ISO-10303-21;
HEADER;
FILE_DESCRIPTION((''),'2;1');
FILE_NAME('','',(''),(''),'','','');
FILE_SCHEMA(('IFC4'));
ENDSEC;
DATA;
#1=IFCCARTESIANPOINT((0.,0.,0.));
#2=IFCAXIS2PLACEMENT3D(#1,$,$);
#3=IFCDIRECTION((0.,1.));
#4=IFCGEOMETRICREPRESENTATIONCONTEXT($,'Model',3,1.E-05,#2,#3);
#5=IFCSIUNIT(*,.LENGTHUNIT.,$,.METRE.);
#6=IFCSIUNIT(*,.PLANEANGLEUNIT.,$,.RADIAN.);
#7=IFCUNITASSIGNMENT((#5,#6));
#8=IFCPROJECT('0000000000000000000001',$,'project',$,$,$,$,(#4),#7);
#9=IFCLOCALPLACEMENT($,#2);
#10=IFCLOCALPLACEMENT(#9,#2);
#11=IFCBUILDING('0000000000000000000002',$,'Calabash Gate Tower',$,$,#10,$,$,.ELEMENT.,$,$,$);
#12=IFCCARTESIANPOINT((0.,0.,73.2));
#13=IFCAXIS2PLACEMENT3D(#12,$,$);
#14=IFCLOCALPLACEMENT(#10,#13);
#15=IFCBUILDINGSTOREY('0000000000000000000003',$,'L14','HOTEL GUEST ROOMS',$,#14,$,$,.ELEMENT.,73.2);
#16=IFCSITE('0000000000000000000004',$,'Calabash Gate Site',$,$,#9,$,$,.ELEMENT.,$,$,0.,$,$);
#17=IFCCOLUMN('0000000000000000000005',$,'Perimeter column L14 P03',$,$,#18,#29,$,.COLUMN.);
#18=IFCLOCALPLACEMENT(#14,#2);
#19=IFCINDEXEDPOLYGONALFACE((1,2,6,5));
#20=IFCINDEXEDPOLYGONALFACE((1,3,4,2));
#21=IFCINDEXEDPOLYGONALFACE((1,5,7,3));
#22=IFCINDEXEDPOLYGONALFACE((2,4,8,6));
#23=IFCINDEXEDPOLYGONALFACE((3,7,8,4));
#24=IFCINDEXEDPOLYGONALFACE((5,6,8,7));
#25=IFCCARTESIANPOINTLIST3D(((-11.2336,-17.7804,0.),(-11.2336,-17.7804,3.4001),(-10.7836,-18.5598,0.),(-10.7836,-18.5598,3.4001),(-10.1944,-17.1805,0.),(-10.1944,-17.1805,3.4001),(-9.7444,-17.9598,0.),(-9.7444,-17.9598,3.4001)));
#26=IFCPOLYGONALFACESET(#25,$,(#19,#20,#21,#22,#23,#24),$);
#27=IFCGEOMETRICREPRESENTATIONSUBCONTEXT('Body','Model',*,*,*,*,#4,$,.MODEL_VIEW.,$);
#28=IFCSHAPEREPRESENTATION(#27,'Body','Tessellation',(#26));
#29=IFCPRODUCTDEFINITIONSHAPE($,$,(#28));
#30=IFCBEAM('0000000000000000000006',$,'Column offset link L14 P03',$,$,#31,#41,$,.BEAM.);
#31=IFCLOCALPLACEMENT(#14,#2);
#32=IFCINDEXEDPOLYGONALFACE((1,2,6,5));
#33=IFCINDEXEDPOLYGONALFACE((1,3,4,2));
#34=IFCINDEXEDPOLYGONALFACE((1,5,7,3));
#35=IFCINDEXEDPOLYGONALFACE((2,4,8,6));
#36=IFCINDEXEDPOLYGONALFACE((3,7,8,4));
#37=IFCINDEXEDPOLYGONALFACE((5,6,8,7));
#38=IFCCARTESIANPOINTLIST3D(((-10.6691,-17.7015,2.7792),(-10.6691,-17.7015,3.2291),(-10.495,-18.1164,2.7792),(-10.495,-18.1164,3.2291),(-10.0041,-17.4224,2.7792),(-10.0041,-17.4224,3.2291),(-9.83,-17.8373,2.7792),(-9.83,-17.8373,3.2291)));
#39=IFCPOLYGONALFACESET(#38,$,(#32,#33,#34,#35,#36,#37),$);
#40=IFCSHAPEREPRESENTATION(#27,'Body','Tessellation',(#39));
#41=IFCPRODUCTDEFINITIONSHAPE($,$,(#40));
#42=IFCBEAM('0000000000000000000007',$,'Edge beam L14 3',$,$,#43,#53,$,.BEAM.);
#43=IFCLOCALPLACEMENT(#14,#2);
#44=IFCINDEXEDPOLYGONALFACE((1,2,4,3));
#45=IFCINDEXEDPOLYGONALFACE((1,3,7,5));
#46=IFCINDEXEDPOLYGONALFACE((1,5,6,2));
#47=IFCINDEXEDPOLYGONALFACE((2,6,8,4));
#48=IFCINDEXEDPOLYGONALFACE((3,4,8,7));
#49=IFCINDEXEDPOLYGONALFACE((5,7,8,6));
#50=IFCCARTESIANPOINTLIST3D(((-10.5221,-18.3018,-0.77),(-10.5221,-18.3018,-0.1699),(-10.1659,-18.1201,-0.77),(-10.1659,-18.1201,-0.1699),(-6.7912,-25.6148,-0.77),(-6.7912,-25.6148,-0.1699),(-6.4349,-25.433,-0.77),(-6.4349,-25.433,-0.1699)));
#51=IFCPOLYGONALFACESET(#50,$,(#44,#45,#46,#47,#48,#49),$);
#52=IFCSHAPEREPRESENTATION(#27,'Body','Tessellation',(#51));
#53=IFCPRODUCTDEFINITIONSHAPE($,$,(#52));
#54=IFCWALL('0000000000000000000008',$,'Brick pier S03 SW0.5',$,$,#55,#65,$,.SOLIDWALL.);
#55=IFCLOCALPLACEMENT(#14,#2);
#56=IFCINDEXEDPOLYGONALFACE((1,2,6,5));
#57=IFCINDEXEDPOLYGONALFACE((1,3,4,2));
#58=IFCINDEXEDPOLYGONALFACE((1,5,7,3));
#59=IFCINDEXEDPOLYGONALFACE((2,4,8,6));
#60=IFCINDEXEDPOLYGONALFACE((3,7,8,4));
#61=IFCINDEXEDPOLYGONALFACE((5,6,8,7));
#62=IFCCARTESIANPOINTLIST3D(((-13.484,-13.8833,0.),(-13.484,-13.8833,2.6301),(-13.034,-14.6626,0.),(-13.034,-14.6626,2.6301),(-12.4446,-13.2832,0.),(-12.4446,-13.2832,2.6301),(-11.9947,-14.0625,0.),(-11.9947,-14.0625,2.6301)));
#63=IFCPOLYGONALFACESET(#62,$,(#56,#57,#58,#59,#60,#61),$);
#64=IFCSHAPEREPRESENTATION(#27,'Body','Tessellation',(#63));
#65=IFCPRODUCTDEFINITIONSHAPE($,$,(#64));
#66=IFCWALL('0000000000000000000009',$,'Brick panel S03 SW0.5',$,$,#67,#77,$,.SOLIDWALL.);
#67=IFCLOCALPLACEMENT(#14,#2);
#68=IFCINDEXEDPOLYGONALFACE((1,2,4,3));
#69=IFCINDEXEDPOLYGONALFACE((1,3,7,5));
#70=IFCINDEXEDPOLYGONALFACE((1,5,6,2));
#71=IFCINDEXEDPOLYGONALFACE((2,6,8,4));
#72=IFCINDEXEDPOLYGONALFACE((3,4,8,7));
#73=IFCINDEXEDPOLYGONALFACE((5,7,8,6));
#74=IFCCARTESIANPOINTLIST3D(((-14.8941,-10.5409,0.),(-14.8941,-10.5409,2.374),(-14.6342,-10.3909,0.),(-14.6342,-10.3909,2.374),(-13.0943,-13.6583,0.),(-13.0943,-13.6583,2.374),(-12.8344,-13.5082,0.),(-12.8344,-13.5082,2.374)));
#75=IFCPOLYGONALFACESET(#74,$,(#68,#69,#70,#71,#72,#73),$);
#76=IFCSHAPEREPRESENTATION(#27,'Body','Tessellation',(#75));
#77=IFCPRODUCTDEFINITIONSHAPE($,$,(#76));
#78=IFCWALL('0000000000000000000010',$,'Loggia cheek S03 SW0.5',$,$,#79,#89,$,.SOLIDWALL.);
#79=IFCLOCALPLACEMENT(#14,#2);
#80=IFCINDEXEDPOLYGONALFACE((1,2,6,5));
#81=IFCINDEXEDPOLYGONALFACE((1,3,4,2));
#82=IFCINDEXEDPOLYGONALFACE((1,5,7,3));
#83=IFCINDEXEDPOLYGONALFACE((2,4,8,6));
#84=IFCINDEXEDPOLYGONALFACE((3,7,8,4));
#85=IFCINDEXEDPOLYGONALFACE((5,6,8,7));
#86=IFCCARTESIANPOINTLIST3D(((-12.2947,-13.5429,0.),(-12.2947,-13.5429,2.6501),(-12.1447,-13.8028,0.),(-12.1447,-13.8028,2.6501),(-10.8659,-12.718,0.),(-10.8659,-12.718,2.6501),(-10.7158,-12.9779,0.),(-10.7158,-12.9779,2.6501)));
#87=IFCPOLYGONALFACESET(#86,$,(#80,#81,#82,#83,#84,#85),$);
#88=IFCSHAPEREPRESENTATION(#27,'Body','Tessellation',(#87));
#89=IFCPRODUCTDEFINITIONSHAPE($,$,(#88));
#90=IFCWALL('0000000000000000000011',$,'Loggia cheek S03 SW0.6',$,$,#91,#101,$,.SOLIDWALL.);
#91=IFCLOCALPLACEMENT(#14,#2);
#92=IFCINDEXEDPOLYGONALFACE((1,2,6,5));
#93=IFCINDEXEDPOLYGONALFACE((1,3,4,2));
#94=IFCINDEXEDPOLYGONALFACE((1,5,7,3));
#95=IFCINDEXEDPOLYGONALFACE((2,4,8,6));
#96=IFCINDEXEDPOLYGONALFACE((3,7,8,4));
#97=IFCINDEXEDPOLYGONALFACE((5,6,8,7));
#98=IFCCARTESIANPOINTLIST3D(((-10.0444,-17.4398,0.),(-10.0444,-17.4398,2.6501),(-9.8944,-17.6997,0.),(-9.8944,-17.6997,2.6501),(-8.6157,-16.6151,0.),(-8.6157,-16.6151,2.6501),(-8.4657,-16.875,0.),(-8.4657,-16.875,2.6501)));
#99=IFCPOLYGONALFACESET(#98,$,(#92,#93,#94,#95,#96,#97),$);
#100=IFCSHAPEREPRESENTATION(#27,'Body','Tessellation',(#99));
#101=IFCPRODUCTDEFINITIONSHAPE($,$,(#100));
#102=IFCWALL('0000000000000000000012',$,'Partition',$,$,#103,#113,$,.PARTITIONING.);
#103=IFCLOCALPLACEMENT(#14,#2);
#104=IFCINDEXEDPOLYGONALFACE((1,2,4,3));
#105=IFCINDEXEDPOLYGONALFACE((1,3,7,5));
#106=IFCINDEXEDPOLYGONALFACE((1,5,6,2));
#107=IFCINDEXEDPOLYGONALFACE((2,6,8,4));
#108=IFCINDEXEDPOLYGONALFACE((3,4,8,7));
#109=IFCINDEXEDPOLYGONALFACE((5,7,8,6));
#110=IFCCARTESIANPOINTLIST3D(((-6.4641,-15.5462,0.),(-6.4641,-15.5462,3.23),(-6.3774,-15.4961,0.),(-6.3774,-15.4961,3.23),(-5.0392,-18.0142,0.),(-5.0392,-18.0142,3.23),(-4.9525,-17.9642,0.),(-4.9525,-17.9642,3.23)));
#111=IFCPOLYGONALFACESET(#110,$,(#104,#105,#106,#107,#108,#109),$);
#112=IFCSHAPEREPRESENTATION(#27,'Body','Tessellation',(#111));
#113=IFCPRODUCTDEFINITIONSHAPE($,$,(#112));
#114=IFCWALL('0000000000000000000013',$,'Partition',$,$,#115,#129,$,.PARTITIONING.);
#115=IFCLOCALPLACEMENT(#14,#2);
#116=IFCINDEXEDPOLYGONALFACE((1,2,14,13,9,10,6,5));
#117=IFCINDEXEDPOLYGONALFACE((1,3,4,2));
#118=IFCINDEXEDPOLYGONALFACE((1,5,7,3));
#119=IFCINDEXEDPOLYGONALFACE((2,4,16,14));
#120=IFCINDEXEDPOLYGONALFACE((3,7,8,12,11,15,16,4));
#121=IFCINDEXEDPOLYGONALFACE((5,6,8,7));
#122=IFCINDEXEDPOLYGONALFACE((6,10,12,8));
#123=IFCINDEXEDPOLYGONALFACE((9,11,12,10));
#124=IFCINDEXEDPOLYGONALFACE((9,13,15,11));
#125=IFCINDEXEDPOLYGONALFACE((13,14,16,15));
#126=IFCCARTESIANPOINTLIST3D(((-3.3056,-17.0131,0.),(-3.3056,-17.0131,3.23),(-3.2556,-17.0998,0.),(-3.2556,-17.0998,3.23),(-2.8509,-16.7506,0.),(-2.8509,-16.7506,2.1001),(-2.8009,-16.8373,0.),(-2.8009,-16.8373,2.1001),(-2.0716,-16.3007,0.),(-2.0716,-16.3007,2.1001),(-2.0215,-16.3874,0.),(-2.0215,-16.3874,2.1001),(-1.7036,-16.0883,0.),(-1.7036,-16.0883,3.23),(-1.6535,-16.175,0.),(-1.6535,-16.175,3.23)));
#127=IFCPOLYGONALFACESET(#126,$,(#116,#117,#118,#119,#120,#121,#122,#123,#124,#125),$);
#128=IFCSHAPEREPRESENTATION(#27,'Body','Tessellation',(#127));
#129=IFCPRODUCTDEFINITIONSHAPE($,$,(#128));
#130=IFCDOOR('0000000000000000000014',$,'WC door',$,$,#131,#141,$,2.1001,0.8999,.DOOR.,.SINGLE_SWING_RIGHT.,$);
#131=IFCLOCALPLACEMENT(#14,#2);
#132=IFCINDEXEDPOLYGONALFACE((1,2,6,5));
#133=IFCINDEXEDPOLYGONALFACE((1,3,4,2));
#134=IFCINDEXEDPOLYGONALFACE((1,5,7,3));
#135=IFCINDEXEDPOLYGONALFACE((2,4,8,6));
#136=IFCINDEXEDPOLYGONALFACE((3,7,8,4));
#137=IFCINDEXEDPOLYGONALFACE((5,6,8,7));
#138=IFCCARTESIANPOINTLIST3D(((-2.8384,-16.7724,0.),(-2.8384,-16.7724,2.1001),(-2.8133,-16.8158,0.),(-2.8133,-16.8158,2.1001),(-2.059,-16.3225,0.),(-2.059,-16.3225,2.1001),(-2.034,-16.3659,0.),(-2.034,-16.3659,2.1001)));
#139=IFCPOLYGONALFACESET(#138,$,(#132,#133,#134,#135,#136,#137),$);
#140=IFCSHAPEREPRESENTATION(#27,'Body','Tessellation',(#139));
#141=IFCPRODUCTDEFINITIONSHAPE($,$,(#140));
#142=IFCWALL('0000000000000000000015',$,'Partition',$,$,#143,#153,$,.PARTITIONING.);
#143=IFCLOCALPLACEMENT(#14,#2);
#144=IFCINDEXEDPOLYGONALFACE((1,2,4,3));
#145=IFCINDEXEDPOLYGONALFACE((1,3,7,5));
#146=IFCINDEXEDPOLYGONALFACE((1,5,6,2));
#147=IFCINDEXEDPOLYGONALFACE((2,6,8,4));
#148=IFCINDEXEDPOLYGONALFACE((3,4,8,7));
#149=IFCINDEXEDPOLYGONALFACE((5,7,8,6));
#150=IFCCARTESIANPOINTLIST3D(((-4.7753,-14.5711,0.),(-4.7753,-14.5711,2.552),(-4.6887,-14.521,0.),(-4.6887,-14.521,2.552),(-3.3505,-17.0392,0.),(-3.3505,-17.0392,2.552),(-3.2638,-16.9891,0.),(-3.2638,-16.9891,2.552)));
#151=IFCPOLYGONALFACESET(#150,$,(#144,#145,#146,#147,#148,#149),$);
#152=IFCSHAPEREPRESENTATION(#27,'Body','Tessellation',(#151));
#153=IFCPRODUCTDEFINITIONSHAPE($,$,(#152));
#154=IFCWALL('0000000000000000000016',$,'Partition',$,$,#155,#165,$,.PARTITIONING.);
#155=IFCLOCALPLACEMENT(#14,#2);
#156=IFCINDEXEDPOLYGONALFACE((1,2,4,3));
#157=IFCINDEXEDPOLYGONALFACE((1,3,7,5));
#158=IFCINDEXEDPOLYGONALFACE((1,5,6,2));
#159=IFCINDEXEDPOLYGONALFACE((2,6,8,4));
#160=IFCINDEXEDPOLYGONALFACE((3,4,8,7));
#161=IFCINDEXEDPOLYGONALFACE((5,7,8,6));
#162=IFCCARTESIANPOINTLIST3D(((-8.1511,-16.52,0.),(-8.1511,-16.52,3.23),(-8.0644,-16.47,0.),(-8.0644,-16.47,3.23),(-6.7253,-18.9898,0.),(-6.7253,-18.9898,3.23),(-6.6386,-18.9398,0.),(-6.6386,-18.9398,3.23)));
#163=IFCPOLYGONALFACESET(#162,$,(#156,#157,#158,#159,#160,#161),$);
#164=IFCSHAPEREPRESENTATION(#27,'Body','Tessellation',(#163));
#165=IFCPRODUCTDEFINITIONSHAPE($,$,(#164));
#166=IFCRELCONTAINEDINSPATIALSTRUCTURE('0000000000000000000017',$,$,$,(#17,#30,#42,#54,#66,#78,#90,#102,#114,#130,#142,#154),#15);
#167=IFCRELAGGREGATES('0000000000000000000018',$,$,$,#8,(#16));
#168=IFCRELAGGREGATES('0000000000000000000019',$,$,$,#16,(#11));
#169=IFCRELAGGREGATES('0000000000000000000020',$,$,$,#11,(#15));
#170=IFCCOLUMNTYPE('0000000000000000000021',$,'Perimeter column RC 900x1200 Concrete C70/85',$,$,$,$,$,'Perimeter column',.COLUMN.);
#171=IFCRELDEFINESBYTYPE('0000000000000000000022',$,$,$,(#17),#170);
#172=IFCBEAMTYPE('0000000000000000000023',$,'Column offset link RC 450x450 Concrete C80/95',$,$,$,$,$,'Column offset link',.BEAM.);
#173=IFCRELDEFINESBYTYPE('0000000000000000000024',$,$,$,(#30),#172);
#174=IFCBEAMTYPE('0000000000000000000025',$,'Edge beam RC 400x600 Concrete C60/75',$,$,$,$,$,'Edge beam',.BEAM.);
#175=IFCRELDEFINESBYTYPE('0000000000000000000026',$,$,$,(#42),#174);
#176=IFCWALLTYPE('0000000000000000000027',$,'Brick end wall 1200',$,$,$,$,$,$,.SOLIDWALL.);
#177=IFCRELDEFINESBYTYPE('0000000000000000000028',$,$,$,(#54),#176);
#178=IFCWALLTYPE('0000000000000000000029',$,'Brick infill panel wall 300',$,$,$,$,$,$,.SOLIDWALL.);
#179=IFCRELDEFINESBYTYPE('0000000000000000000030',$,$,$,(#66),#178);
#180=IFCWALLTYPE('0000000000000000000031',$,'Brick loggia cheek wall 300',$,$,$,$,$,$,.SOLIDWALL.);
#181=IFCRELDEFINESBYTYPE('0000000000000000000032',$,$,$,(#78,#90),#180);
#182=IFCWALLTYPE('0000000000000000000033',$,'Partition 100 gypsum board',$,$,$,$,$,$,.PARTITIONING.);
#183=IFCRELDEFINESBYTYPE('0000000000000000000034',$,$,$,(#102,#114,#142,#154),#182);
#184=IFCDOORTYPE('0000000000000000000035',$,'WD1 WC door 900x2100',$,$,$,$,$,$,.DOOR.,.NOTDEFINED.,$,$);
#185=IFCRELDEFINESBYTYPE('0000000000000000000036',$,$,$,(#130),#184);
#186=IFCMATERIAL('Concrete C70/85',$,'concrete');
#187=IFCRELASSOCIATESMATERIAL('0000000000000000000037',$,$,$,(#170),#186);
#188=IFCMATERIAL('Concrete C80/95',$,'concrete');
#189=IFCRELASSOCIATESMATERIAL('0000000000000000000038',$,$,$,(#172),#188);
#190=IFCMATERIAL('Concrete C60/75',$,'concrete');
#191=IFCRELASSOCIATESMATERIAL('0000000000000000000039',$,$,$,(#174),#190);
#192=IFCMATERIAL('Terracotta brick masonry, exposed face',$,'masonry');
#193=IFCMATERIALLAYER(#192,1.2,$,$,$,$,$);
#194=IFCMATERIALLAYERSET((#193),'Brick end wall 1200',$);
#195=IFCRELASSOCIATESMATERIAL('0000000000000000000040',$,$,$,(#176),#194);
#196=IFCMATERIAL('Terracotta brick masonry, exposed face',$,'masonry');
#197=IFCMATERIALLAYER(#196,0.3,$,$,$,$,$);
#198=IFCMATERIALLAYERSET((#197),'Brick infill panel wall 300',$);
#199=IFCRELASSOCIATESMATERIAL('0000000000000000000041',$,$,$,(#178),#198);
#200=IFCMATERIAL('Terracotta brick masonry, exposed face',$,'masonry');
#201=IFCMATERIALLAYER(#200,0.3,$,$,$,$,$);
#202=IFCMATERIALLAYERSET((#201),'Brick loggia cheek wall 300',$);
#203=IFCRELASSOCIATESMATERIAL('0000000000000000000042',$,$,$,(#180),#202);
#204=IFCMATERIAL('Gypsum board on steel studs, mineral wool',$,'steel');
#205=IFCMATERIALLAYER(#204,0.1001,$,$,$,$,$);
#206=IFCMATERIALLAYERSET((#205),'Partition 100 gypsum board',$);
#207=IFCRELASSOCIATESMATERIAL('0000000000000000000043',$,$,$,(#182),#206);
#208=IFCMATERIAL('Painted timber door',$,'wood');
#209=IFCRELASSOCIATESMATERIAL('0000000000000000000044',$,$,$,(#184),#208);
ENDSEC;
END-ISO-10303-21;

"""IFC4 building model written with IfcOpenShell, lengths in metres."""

from ifc_helpers import new_model, si_unit, direction, frame, frame_2d, origin, origin_2d, place, context, subcontext, project, spatial, rectangle, extrude, material, layer, layer_set, material_profile, profile_set, type_object, element, fill, save


model = new_model("IFC4")

# Units and contexts
model_context = context("Model", 3, precision=1e-05, world=origin(), true_north=direction((0.0, 1.0)))
body_context = subcontext(model_context, "Body", "Model", "MODEL_VIEW")
ifc_project = project(units=[si_unit("LENGTHUNIT", "METRE"), si_unit("PLANEANGLEUNIT", "RADIAN")], contexts=[model_context])

# Site, building, storey
site_placement = place(None, origin())
site = spatial("IfcSite", under=ifc_project, at=site_placement, Name="Calabash Gate Site", CompositionType="ELEMENT", RefElevation=0.0)
building_placement = place(site_placement, origin())
building = spatial("IfcBuilding", under=site, at=building_placement, Name="Calabash Gate Tower", CompositionType="ELEMENT")
storey_placement = place(building_placement, frame((0.0, 0.0, 73.2)))
storey = spatial("IfcBuildingStorey", under=building, at=storey_placement, Name="L14", Description="HOTEL GUEST ROOMS", CompositionType="ELEMENT", Elevation=73.2)

# Column
ifc_material_1 = material(Name="Concrete C70/85", Category="concrete")
ifc_material_profile_1 = material_profile(ifc_material_1, rectangle(XDim=0.8999, YDim=1.2, at=origin_2d()))
ifc_profile_set_1 = profile_set([ifc_material_profile_1], Name="Concrete C70/85")
column_type = type_object("IfcColumnType", Name="Perimeter column RC 900x1200 Concrete C70/85", ElementType="Perimeter column", PredefinedType="COLUMN", material=ifc_profile_set_1)
column_placement = place(storey_placement, frame((-10.489, -17.8701, 0.0), z_axis=(0.0, 0.0, 1.0), x_axis=(0.5, -0.866025, 0.0)))
element("IfcColumn", 1, at=column_placement, inside=storey, type_object=column_type, Name="Perimeter column L14 P03", PredefinedType="COLUMN", context=body_context, shape_type="SweptSolid", body=[
    extrude(rectangle(XDim=0.8999, YDim=1.2, at=origin_2d()), origin(), (0.0, 0.0, 1.0), 3.4001),
])

# Beams
ifc_material_2 = material(Name="Concrete C80/95", Category="concrete")
ifc_material_profile_2 = material_profile(ifc_material_2, rectangle(XDim=0.45, YDim=0.45, at=origin_2d()))
ifc_profile_set_2 = profile_set([ifc_material_profile_2], Name="Concrete C80/95")
beam_type_1 = type_object("IfcBeamType", Name="Column offset link RC 450x450 Concrete C80/95", ElementType="Column offset link", PredefinedType="BEAM", material=ifc_profile_set_2)
beam_1_placement = place(storey_placement, frame((-10.582, -17.9089, 3.0042), z_axis=(0.922113, 0.386922, 0.0), x_axis=(-0.386922, 0.922113, 0.0)))
element("IfcBeam", 2, at=beam_1_placement, inside=storey, type_object=beam_type_1, Name="Column offset link L14 P03", PredefinedType="BEAM", context=body_context, shape_type="SweptSolid", body=[
    extrude(rectangle(XDim=0.45, YDim=0.45, at=origin_2d()), origin(), (0.0, 0.0, 1.0), 0.7212),
])
ifc_material_3 = material(Name="Concrete C60/75", Category="concrete")
ifc_material_profile_3 = material_profile(ifc_material_3, rectangle(XDim=0.3999, YDim=0.6001, at=origin_2d()))
ifc_profile_set_3 = profile_set([ifc_material_profile_3], Name="Concrete C60/75")
beam_type_2 = type_object("IfcBeamType", Name="Edge beam RC 400x600 Concrete C60/75", ElementType="Edge beam", PredefinedType="BEAM", material=ifc_profile_set_3)
beam_2_placement = place(storey_placement, frame((-10.344, -18.2109, -0.47), z_axis=(0.454455, -0.89077, 0.0), x_axis=(0.89077, 0.454455, 0.0)))
element("IfcBeam", 3, at=beam_2_placement, inside=storey, type_object=beam_type_2, Name="Edge beam L14 3", PredefinedType="BEAM", context=body_context, shape_type="SweptSolid", body=[
    extrude(rectangle(XDim=0.3999, YDim=0.6001, at=origin_2d()), origin(), (0.0, 0.0, 1.0), 8.2097),
])

# Walls
ifc_material_4 = material(Name="Terracotta brick masonry, exposed face", Category="masonry")
ifc_layer_1 = layer(ifc_material_4, 1.2)
ifc_layer_set_1 = layer_set([ifc_layer_1], Name="Brick end wall 1200")
wall_type_1 = type_object("IfcWallType", Name="Brick end wall 1200", PredefinedType="SOLIDWALL", material=ifc_layer_set_1)
wall_1_placement = place(storey_placement, frame((-13.259, -14.2729, 0.0), z_axis=(0.0, 0.0, 1.0), x_axis=(0.866006, 0.500034, 0.0)))
element("IfcWall", 4, at=wall_1_placement, inside=storey, type_object=wall_type_1, Name="Brick pier S03 SW0.5", PredefinedType="SOLIDWALL", context=body_context, shape_type="SweptSolid", body=[
    extrude(rectangle(XDim=1.2002, YDim=0.8999, at=frame_2d((0.6001, 0.0))), origin(), (0.0, 0.0, 1.0), 2.6301),
])
ifc_material_5 = material(Name="Terracotta brick masonry, exposed face", Category="masonry")
ifc_layer_2 = layer(ifc_material_5, 0.3)
ifc_layer_set_2 = layer_set([ifc_layer_2], Name="Brick infill panel wall 300")
wall_type_2 = type_object("IfcWallType", Name="Brick infill panel wall 300", PredefinedType="SOLIDWALL", material=ifc_layer_set_2)
wall_2_placement = place(storey_placement, frame((-12.9644, -13.5833, 0.0), z_axis=(0.0, 0.0, 1.0), x_axis=(-0.499991, 0.866031, 0.0)))
element("IfcWall", 5, at=wall_2_placement, inside=storey, type_object=wall_type_2, Name="Brick panel S03 SW0.5", PredefinedType="SOLIDWALL", context=body_context, shape_type="SweptSolid", body=[
    extrude(rectangle(XDim=3.5996, YDim=0.3, at=frame_2d((1.7998, 0.0))), origin(), (0.0, 0.0, 1.0), 2.374),
])
ifc_material_6 = material(Name="Terracotta brick masonry, exposed face", Category="masonry")
ifc_layer_3 = layer(ifc_material_6, 0.3)
ifc_layer_set_3 = layer_set([ifc_layer_3], Name="Brick loggia cheek wall 300")
wall_type_3 = type_object("IfcWallType", Name="Brick loggia cheek wall 300", PredefinedType="SOLIDWALL", material=ifc_layer_set_3)
wall_3_placement = place(storey_placement, frame((-12.2197, -13.6729, 0.0), z_axis=(0.0, 0.0, 1.0), x_axis=(0.86604, 0.499974, 0.0)))
element("IfcWall", 6, at=wall_3_placement, inside=storey, type_object=wall_type_3, Name="Loggia cheek S03 SW0.5", PredefinedType="SOLIDWALL", context=body_context, shape_type="SweptSolid", body=[
    extrude(rectangle(XDim=1.6499, YDim=0.3, at=frame_2d((0.825, 0.0))), origin(), (0.0, 0.0, 1.0), 2.6501),
])
wall_4_placement = place(storey_placement, frame((-8.5408, -16.7451, 0.0), z_axis=(0.0, 0.0, 1.0), x_axis=(-0.866067, -0.499927, 0.0)))
element("IfcWall", 7, at=wall_4_placement, inside=storey, type_object=wall_type_3, Name="Loggia cheek S03 SW0.6", PredefinedType="SOLIDWALL", context=body_context, shape_type="SweptSolid", body=[
    extrude(rectangle(XDim=1.6497, YDim=0.3, at=frame_2d((0.8247, 0.0))), origin(), (0.0, 0.0, 1.0), 2.6501),
])
ifc_material_7 = material(Name="Gypsum board on steel studs, mineral wool", Category="steel")
ifc_layer_4 = layer(ifc_material_7, 0.1001)
ifc_layer_set_4 = layer_set([ifc_layer_4], Name="Partition 100 gypsum board")
wall_type_4 = type_object("IfcWallType", Name="Partition 100 gypsum board", PredefinedType="PARTITIONING", material=ifc_layer_set_4)
wall_5_placement = place(storey_placement, frame((-6.4207, -15.5212, 0.0), z_axis=(0.0, 0.0, 1.0), x_axis=(0.499972, -0.866041, 0.0)))
element("IfcWall", 8, at=wall_5_placement, inside=storey, type_object=wall_type_4, Name="Partition", PredefinedType="PARTITIONING", context=body_context, shape_type="SweptSolid", body=[
    extrude(rectangle(XDim=2.8499, YDim=0.1001, at=frame_2d((1.4248, 0.0))), origin(), (0.0, 0.0, 1.0), 3.23),
])

# Wall, opening, door
wall_6_placement = place(storey_placement, frame((-3.2805, -17.0564, 0.0), z_axis=(0.0, 0.0, 1.0), x_axis=(0.866058, 0.499943, 0.0)))
wall_6 = element("IfcWall", 9, at=wall_6_placement, inside=storey, type_object=wall_type_4, Name="Partition", PredefinedType="PARTITIONING", context=body_context, shape_type="SweptSolid", body=[
    extrude(rectangle(XDim=1.8499, YDim=0.1001, at=frame_2d((0.9248, 0.0))), origin(), (0.0, 0.0, 1.0), 3.23),
])
opening_1_placement = place(wall_6_placement, frame((0.5249, 0.0, 0.0)))
opening_1 = element("IfcOpeningElement", 10, at=opening_1_placement, cuts=wall_6, PredefinedType="OPENING", context=body_context, shape_type="SweptSolid", body=[
    extrude(rectangle(XDim=0.8999, YDim=2.1001, at=frame_2d((0.45, 1.05))), frame((0.0, 0.0601, 0.0), z_axis=(0.0, -1.0, 0.0), x_axis=(1.0, 0.0, 0.0)), (0.0, 0.0, 1.0), 0.1201),
])
ifc_material_8 = material(Name="Painted timber door", Category="wood")
door_type_1 = type_object("IfcDoorType", Name="WD1 WC door 900x2100", OperationType="NOTDEFINED", PredefinedType="DOOR", material=ifc_material_8)
door_1_placement = place(opening_1_placement, origin())
door_1 = element("IfcDoor", 11, at=door_1_placement, inside=storey, type_object=door_type_1, Name="WC door", OperationType="SINGLE_SWING_RIGHT", OverallHeight=2.1001, OverallWidth=0.8999, PredefinedType="DOOR", context=body_context, shape_type="SweptSolid", body=[
    extrude(rectangle(XDim=0.8999, YDim=2.1001, at=frame_2d((0.45, 1.05))), frame((0.0, 0.0249, 0.0), z_axis=(0.0, -1.0, 0.0), x_axis=(1.0, 0.0, 0.0)), (0.0, 0.0, 1.0), 0.05),
])
fill(opening_1, door_1)

# Walls
wall_7_placement = place(storey_placement, frame((-4.7319, -14.5461, 0.0), z_axis=(0.0, 0.0, 1.0), x_axis=(0.499972, -0.866041, 0.0)))
element("IfcWall", 12, at=wall_7_placement, inside=storey, type_object=wall_type_4, Name="Partition", PredefinedType="PARTITIONING", context=body_context, shape_type="SweptSolid", body=[
    extrude(rectangle(XDim=2.8499, YDim=0.1001, at=frame_2d((1.4248, 0.0))), origin(), (0.0, 0.0, 1.0), 2.552),
])
wall_8_placement = place(storey_placement, frame((-8.1077, -16.4951, 0.0), z_axis=(0.0, 0.0, 1.0), x_axis=(0.499969, -0.866043, 0.0)))
element("IfcWall", 13, at=wall_8_placement, inside=storey, type_object=wall_type_4, Name="Partition", PredefinedType="PARTITIONING", context=body_context, shape_type="SweptSolid", body=[
    extrude(rectangle(XDim=2.8518, YDim=0.1001, at=frame_2d((1.4258, 0.0))), origin(), (0.0, 0.0, 1.0), 3.23),
])

save(model, "model.ifc")
